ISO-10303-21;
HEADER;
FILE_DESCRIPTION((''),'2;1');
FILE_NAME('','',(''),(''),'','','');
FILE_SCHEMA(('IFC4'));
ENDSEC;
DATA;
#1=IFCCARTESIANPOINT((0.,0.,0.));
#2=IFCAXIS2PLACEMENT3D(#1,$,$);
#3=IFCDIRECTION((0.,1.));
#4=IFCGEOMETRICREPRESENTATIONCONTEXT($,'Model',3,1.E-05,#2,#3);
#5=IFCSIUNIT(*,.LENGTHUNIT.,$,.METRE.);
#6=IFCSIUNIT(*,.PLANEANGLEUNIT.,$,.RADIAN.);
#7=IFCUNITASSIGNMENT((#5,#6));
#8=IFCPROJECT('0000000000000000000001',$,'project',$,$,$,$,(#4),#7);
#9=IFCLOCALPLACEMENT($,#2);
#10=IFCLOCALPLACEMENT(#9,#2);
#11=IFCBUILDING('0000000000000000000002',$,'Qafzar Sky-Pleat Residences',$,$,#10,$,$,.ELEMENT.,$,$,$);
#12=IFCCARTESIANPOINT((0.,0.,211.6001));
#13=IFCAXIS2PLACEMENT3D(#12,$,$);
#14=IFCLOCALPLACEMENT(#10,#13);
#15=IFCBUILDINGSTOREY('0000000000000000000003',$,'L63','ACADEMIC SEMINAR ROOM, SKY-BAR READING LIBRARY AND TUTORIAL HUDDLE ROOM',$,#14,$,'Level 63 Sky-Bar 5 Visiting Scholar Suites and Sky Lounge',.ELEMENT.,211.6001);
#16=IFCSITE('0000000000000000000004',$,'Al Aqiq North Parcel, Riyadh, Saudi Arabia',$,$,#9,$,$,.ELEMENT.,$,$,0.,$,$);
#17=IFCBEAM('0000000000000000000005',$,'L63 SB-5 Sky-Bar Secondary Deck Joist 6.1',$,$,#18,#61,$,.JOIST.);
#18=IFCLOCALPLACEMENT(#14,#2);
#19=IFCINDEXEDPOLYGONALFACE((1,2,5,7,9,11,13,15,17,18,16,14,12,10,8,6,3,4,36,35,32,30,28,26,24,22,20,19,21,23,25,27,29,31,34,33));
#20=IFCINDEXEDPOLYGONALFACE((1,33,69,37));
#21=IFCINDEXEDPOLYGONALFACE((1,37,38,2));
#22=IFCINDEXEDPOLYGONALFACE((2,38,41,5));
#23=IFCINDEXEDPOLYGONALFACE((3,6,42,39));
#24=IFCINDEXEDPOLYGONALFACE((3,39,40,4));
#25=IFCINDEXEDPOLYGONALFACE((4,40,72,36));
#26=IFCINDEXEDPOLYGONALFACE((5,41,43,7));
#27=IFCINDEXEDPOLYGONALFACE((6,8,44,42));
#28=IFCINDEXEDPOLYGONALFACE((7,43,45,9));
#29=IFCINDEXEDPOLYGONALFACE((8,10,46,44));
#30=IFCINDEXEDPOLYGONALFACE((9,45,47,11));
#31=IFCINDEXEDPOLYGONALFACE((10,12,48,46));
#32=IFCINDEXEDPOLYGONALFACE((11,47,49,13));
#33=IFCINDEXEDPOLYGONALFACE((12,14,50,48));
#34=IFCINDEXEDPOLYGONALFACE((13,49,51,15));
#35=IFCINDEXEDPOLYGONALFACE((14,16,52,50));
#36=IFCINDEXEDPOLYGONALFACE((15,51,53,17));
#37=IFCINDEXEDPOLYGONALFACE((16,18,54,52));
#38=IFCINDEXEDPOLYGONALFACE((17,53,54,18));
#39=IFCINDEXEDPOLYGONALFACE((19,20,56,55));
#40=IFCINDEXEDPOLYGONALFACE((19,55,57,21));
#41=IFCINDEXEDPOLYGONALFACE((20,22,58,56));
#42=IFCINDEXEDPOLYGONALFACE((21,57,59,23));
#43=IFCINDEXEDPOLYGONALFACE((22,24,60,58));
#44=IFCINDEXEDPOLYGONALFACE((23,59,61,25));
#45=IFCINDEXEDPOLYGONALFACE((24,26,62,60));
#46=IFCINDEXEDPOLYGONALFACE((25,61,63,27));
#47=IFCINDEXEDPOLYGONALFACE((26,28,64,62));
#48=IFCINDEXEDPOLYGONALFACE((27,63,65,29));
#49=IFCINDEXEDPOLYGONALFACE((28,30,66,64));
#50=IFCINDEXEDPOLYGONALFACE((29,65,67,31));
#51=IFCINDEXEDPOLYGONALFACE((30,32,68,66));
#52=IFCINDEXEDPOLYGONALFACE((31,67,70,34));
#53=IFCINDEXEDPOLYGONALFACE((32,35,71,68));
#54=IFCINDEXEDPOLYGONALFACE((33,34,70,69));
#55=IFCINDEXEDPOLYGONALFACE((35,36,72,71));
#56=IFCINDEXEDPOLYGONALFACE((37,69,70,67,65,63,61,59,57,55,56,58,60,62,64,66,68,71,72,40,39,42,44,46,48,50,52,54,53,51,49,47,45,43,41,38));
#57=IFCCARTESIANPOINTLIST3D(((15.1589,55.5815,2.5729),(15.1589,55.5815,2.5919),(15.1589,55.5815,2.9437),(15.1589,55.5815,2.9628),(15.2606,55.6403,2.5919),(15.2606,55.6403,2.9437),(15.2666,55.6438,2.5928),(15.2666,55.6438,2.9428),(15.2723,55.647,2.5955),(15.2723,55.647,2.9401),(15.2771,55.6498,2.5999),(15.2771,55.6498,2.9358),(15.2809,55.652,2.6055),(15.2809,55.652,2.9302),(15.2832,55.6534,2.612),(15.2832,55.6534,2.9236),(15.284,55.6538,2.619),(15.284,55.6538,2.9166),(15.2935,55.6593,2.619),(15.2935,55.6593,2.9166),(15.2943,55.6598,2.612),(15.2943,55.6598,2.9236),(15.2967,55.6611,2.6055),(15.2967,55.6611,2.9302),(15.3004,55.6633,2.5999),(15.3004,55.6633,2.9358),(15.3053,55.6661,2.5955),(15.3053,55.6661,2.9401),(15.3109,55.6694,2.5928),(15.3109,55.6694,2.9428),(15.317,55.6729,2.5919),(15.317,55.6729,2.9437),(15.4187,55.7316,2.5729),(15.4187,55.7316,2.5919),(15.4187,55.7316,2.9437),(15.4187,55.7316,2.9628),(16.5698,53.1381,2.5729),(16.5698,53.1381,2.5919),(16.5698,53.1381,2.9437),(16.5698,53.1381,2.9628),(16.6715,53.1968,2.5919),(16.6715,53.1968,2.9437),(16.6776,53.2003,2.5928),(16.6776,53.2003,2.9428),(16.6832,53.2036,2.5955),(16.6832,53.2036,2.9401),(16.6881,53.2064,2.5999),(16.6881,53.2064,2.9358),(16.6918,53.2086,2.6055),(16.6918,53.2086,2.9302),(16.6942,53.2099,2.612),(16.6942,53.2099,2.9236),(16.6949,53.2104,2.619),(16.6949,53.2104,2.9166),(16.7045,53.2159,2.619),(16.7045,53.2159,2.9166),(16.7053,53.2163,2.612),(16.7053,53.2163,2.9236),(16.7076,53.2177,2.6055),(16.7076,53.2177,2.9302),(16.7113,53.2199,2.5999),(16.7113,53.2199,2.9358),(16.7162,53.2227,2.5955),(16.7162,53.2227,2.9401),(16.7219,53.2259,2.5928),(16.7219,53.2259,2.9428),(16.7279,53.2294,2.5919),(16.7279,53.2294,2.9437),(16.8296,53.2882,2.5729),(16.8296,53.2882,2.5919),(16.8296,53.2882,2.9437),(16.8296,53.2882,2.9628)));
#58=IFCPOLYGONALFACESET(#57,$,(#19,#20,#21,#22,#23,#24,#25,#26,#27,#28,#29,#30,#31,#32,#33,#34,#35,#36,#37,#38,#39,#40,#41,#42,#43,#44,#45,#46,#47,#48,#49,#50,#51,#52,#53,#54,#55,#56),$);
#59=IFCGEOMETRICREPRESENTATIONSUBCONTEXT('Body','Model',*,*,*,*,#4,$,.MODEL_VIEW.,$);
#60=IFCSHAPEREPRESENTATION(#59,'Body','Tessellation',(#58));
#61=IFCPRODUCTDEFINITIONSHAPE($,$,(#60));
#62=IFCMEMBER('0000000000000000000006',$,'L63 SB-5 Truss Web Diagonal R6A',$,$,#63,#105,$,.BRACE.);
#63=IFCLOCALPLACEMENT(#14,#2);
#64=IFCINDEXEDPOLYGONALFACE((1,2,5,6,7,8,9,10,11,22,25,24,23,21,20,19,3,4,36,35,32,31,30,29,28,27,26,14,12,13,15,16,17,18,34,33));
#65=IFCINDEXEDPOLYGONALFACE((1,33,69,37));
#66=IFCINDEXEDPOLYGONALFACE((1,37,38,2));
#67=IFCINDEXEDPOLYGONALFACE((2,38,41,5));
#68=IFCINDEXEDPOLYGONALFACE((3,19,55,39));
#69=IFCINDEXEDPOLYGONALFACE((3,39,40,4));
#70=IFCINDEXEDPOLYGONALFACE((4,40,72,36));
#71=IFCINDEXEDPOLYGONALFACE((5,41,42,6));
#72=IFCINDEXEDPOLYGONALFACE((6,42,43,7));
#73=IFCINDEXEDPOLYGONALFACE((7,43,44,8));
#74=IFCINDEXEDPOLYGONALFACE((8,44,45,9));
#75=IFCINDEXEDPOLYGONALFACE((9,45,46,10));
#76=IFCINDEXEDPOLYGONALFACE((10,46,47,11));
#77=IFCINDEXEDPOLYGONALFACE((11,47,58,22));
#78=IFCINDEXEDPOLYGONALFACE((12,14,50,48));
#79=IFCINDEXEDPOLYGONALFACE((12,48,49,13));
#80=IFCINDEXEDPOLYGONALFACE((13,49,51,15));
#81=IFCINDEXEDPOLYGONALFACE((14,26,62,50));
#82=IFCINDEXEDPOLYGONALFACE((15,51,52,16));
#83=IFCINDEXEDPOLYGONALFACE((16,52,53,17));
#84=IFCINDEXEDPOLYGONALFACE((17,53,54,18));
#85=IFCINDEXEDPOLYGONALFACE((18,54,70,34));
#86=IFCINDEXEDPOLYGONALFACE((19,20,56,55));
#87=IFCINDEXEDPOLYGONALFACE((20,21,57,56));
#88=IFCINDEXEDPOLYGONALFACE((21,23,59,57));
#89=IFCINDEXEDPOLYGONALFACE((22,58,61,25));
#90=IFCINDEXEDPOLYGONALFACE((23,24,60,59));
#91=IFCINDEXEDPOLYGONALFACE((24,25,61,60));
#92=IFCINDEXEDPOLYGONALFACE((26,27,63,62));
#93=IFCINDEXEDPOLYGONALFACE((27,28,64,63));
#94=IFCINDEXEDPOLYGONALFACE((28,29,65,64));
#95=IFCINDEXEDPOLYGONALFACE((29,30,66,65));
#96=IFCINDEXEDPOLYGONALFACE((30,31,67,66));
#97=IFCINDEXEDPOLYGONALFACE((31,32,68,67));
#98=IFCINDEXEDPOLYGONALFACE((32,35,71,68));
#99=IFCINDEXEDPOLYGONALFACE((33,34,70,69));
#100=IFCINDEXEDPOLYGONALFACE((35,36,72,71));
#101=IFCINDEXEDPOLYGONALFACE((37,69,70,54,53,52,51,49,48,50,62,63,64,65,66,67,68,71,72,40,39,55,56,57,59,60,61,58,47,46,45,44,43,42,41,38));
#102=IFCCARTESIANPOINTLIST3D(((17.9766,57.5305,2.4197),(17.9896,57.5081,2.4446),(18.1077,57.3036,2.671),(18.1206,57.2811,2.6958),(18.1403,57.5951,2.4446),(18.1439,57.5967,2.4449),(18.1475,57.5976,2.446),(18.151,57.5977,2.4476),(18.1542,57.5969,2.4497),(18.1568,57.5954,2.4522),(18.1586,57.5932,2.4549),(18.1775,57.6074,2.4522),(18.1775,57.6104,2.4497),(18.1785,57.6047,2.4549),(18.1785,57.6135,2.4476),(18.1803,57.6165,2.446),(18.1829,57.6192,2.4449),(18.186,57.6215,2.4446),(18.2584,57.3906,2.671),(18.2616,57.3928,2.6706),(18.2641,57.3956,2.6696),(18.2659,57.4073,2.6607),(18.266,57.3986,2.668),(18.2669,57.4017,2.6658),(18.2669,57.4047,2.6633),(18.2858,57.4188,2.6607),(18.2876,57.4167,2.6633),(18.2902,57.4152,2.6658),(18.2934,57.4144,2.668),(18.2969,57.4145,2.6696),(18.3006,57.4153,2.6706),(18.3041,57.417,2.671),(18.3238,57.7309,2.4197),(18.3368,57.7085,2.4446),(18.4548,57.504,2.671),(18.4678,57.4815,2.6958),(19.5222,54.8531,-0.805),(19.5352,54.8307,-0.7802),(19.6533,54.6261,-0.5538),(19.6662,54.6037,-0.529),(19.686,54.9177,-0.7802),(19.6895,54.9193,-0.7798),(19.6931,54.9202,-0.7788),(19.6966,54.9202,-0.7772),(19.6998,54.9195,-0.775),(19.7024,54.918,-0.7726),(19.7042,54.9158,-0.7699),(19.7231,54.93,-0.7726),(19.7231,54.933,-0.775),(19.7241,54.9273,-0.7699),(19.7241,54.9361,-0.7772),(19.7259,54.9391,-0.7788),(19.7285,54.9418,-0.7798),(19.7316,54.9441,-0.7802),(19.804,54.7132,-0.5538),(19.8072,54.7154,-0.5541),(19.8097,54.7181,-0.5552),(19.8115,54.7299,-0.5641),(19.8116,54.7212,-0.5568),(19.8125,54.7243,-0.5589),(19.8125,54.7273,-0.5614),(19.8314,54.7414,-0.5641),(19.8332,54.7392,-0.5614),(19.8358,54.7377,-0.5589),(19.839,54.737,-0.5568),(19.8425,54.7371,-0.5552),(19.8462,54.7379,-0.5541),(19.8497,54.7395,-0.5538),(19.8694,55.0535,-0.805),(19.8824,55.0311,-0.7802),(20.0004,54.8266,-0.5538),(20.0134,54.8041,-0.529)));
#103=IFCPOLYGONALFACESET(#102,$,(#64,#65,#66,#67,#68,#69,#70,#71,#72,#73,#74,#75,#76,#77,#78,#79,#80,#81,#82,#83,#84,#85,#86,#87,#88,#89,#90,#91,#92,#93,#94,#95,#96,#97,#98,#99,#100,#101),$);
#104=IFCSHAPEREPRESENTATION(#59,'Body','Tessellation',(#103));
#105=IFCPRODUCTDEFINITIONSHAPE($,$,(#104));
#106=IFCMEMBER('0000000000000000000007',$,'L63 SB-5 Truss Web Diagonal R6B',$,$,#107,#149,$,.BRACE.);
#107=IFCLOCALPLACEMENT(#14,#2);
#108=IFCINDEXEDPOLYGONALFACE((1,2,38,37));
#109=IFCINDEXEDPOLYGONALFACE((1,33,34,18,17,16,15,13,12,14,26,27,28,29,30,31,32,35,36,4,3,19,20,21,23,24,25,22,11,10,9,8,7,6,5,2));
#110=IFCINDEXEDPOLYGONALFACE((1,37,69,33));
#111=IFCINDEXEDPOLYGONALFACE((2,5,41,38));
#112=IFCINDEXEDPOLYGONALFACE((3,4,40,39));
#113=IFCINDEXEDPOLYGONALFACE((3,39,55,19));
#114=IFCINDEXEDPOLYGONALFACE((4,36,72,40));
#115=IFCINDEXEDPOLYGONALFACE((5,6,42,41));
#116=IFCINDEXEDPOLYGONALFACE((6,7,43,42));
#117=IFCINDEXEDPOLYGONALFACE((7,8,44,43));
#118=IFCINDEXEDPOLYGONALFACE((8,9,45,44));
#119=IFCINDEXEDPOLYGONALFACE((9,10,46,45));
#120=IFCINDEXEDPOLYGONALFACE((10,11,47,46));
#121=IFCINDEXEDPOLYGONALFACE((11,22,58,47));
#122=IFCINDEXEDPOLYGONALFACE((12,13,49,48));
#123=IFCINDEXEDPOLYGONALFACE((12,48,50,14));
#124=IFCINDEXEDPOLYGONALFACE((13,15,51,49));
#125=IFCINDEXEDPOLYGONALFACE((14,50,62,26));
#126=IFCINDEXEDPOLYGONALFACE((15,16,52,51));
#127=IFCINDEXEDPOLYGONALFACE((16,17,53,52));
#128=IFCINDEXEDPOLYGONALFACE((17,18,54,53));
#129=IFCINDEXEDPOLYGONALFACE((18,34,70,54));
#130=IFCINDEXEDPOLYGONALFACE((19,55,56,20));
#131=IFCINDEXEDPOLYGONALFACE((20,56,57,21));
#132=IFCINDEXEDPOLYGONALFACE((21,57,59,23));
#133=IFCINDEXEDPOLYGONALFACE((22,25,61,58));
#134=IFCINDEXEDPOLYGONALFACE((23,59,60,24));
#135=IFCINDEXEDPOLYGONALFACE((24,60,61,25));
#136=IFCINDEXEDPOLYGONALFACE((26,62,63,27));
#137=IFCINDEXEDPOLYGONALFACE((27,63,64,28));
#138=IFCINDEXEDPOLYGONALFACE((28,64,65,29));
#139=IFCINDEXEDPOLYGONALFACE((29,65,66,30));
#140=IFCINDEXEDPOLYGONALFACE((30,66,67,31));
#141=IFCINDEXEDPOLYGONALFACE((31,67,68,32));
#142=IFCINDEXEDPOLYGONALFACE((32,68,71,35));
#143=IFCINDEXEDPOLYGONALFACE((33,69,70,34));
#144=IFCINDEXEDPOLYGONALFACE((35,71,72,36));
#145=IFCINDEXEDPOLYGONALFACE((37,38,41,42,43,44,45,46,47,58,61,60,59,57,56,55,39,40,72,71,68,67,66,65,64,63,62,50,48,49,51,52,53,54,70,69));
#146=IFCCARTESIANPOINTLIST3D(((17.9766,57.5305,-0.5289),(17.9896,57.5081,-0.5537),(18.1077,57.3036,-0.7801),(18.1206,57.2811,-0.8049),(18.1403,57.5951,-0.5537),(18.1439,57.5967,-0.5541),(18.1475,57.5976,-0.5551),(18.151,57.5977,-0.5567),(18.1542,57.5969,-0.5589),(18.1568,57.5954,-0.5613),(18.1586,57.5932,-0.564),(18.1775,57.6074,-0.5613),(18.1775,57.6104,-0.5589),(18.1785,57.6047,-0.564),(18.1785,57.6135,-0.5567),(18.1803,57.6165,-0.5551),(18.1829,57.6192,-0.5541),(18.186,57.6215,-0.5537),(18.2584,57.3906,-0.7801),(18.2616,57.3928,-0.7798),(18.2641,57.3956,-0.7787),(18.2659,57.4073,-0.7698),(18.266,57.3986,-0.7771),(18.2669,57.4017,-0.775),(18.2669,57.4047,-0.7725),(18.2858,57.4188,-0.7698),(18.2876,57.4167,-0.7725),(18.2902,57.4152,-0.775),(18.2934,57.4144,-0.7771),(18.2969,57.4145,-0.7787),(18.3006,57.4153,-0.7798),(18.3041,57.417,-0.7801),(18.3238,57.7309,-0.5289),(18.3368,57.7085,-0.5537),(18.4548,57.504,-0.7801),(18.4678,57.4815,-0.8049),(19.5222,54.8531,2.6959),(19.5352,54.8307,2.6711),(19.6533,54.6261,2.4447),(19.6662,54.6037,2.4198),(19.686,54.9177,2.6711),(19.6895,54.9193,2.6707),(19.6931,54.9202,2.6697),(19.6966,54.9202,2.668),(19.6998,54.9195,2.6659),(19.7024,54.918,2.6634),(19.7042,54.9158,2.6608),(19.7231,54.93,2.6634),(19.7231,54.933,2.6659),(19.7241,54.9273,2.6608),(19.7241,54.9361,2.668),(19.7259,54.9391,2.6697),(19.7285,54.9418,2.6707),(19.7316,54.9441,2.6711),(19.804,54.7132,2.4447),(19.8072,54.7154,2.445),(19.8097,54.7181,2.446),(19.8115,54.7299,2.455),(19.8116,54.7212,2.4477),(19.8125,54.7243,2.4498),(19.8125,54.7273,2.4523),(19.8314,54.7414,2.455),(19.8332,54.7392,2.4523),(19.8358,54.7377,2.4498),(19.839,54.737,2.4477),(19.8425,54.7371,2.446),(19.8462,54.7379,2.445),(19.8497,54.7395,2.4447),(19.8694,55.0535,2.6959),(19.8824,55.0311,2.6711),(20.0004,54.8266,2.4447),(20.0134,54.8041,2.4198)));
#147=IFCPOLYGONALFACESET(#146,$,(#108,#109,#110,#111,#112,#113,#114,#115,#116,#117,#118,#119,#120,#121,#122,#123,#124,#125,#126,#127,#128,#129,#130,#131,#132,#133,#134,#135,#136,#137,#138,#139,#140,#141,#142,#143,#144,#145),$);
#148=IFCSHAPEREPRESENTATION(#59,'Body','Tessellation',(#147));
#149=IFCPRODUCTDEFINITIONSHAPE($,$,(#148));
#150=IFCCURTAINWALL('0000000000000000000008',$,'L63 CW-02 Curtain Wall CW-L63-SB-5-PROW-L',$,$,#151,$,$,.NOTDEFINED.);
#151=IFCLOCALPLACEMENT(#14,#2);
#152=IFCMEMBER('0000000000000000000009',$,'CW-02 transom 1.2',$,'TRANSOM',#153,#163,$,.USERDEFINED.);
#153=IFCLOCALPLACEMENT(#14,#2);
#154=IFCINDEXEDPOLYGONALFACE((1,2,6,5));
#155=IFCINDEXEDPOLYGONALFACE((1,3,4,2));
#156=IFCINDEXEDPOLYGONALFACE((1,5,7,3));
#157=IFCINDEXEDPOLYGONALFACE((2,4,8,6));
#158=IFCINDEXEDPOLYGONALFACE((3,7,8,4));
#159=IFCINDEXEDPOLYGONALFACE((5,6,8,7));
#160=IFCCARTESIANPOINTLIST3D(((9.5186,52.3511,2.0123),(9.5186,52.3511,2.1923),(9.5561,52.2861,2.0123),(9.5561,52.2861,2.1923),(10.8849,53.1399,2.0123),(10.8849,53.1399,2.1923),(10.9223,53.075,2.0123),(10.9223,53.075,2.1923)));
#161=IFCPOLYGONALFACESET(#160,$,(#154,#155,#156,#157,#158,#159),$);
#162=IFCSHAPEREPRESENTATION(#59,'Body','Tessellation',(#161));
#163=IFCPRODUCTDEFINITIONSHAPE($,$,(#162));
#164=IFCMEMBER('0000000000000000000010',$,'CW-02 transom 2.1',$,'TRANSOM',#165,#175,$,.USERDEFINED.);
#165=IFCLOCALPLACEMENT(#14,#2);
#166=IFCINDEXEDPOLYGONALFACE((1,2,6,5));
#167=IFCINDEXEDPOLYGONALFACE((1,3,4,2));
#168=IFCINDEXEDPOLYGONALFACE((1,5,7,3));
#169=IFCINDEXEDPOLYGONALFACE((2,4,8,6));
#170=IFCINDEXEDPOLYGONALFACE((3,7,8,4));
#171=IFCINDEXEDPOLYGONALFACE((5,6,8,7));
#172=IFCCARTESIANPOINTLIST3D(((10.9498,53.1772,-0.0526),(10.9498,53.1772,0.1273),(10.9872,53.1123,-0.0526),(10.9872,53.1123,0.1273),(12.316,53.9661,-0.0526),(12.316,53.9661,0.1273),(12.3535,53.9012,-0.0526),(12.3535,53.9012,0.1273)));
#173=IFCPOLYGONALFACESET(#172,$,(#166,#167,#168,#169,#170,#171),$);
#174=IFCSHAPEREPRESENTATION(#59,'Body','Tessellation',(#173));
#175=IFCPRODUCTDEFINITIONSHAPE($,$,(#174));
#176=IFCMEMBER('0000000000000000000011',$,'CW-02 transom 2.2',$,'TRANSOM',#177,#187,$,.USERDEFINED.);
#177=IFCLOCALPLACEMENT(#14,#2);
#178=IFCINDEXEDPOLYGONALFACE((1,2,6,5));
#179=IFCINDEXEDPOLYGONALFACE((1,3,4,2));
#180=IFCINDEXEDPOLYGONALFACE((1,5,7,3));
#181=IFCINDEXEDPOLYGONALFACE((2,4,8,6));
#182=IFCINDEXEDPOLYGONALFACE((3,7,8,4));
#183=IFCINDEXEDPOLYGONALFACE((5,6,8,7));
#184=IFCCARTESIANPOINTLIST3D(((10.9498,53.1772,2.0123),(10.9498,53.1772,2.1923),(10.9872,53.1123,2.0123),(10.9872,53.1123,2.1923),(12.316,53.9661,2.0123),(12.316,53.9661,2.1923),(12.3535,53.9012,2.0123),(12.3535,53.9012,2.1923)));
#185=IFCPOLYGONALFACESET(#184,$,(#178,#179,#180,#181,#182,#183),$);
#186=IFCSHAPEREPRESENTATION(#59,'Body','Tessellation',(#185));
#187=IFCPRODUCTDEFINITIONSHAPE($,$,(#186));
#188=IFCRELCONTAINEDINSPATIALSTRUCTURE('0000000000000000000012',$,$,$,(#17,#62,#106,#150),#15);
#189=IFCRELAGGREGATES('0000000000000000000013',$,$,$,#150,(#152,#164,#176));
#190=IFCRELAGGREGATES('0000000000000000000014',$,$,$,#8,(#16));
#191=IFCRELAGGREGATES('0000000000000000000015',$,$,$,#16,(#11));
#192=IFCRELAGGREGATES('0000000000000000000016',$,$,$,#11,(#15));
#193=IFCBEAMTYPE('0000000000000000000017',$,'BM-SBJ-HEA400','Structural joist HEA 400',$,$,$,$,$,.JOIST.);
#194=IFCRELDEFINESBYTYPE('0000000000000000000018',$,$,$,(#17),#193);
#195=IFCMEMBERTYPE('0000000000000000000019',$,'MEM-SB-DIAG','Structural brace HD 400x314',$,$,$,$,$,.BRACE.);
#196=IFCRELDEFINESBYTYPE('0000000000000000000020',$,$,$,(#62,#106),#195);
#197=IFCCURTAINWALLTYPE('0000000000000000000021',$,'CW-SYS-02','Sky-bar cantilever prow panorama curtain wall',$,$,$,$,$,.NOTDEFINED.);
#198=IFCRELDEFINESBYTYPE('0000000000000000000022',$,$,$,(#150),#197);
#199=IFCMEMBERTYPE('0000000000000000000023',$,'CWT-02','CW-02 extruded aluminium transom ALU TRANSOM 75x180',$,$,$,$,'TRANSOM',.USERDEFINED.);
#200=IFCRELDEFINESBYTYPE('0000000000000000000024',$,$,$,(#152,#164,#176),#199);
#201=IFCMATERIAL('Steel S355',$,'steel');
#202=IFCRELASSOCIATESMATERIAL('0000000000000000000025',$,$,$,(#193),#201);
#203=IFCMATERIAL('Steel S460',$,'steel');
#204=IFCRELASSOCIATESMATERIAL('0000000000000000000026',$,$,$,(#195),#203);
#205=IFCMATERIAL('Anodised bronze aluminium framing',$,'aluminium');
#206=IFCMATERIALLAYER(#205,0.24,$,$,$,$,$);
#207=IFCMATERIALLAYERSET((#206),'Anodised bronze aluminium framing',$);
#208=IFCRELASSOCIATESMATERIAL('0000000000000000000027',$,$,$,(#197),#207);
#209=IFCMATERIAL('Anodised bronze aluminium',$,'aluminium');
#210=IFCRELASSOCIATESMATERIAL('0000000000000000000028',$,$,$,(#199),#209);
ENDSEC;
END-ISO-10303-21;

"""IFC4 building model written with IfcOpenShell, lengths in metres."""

from ifc_helpers import new_model, si_unit, direction, frame, origin, origin_2d, place, context, subcontext, project, spatial, rectangle, i_section, extrude, source, transform, mapped, material, layer, layer_set, material_profile, profile_set, type_object, element, aggregate, save


model = new_model("IFC4")

# Units and contexts
model_context = context("Model", 3, precision=1e-05, world=origin(), true_north=direction((0.0, 1.0)))
body_context = subcontext(model_context, "Body", "Model", "MODEL_VIEW")
ifc_project = project(units=[si_unit("LENGTHUNIT", "METRE"), si_unit("PLANEANGLEUNIT", "RADIAN")], contexts=[model_context])

# Site, building, storey
site_placement = place(None, origin())
site = spatial("IfcSite", under=ifc_project, at=site_placement, Name="Al Aqiq North Parcel, Riyadh, Saudi Arabia", CompositionType="ELEMENT", RefElevation=0.0)
building_placement = place(site_placement, origin())
building = spatial("IfcBuilding", under=site, at=building_placement, Name="Qafzar Sky-Pleat Residences", CompositionType="ELEMENT")
storey_placement = place(building_placement, frame((0.0, 0.0, 211.6001)))
storey = spatial("IfcBuildingStorey", under=building, at=storey_placement, Name="L63", Description="ACADEMIC SEMINAR ROOM, SKY-BAR READING LIBRARY AND TUTORIAL HUDDLE ROOM", LongName="Level 63 Sky-Bar 5 Visiting Scholar Suites and Sky Lounge", CompositionType="ELEMENT", Elevation=211.6001)

# Beam
ifc_material_1 = material(Name="Steel S355", Category="steel")
ifc_material_profile_1 = material_profile(ifc_material_1, i_section(OverallWidth=0.3, OverallDepth=0.3899, WebThickness=0.011, FlangeThickness=0.019, FilletRadius=0.0271, at=origin_2d()), Name="HEA 400")
ifc_profile_set_1 = profile_set([ifc_material_profile_1], Name="Steel S355")
beam_type = type_object("IfcBeamType", Name="BM-SBJ-HEA400", Description="Structural joist HEA 400", PredefinedType="JOIST", material=ifc_profile_set_1)
shared_shape_1 = source(origin(), body_context, "Body", "SweptSolid", [
    extrude(i_section(OverallWidth=0.3, OverallDepth=0.3899, WebThickness=0.011, FlangeThickness=0.019, FilletRadius=0.0271, at=origin_2d()), origin(), (0.0, 0.0, 1.0), 2.8215),
])
beam_placement = place(storey_placement, frame((16.6997, 53.2131, 2.7678), z_axis=(-0.500057, 0.865992, 0.0), x_axis=(-0.865992, -0.500057, 0.0)))
element("IfcBeam", 1, at=beam_placement, inside=storey, type_object=beam_type, Name="L63 SB-5 Sky-Bar Secondary Deck Joist 6.1", PredefinedType="JOIST", context=body_context, shape_type="MappedRepresentation", body=[
    mapped(shared_shape_1, transform((0.0, 0.0, 0.0), x_axis=(1.0, 0.0, 0.0), y_axis=(0.0, 1.0, 0.0), z_axis=(0.0, 0.0, 1.0), scale=1.0)),
])

# Members
ifc_material_2 = material(Name="Steel S460", Category="steel")
ifc_material_profile_2 = material_profile(ifc_material_2, i_section(OverallWidth=0.4009, OverallDepth=0.3989, WebThickness=0.0229, FlangeThickness=0.0359, FilletRadius=0.0149, at=origin_2d()), Name="HD 400x314")
ifc_profile_set_2 = profile_set([ifc_material_profile_2], Name="Steel S460")
member_type_1 = type_object("IfcMemberType", Name="MEM-SB-DIAG", Description="Structural brace HD 400x314", PredefinedType="BRACE", material=ifc_profile_set_2)
shared_shape_2 = source(origin(), body_context, "Body", "SweptSolid", [
    extrude(i_section(OverallWidth=0.4009, OverallDepth=0.3989, WebThickness=0.0229, FlangeThickness=0.0359, FilletRadius=0.0149, at=origin_2d()), origin(), (0.0, 0.0, 1.0), 4.4673),
])
for number, where, z_axis, x_axis, name in (
    (2, (19.7678, 54.8286, -0.667), (-0.345985, 0.599339, 0.721863), (-0.866053, -0.499953, 0.0), "L63 SB-5 Truss Web Diagonal R6A"),
    (3, (19.7678, 54.8286, 2.5579), (-0.345985, 0.599339, -0.721863), (-0.866053, -0.499953, 0.0), "L63 SB-5 Truss Web Diagonal R6B"),
):
    element("IfcMember", number, at=place(storey_placement, frame(where, z_axis=z_axis, x_axis=x_axis)), inside=storey, type_object=member_type_1, Name=name, PredefinedType="BRACE", context=body_context, shape_type="MappedRepresentation", body=[
        mapped(shared_shape_2, transform((0.0, 0.0, 0.0), x_axis=(1.0, 0.0, 0.0), y_axis=(0.0, 1.0, 0.0), z_axis=(0.0, 0.0, 1.0), scale=1.0)),
    ])

# Curtain wall, members
ifc_material_3 = material(Name="Anodised bronze aluminium framing", Category="aluminium")
ifc_layer_1 = layer(ifc_material_3, 0.24)
ifc_layer_set_1 = layer_set([ifc_layer_1], Name="Anodised bronze aluminium framing")
curtain_wall_type_1 = type_object("IfcCurtainWallType", Name="CW-SYS-02", Description="Sky-bar cantilever prow panorama curtain wall", PredefinedType="NOTDEFINED", material=ifc_layer_set_1)
curtain_wall_1_placement = place(storey_placement, origin())
curtain_wall_1 = element("IfcCurtainWall", 4, at=curtain_wall_1_placement, inside=storey, type_object=curtain_wall_type_1, Name="L63 CW-02 Curtain Wall CW-L63-SB-5-PROW-L", PredefinedType="NOTDEFINED")
ifc_material_4 = material(Name="Anodised bronze aluminium", Category="aluminium")
ifc_material_profile_3 = material_profile(ifc_material_4, rectangle(XDim=0.075, YDim=0.1799, at=origin_2d()), Name="ALU TRANSOM 75x180")
ifc_profile_set_3 = profile_set([ifc_material_profile_3], Name="Anodised bronze aluminium")
member_type_2 = type_object("IfcMemberType", Name="CWT-02", Description="CW-02 extruded aluminium transom ALU TRANSOM 75x180", ElementType="TRANSOM", PredefinedType="USERDEFINED", material=ifc_profile_set_3)
shared_shape_3 = source(origin(), body_context, "Body", "SweptSolid", [
    extrude(rectangle(XDim=0.075, YDim=0.1799, at=origin_2d()), origin(), (0.0, 0.0, 1.0), 1.5776),
])
member_1_placement = place(storey_placement, frame((9.5374, 52.3186, 2.1023), z_axis=(0.866015, 0.500017, 0.0), x_axis=(-0.500017, 0.866015, 0.0)))
member_1 = element("IfcMember", 5, at=member_1_placement, type_object=member_type_2, Name="CW-02 transom 1.2", ObjectType="TRANSOM", PredefinedType="USERDEFINED", context=body_context, shape_type="MappedRepresentation", body=[
    mapped(shared_shape_3, transform((0.0, 0.0, 0.0), x_axis=(1.0, 0.0, 0.0), y_axis=(0.0, 1.0, 0.0), z_axis=(0.0, 0.0, 1.0), scale=1.0)),
])
member_2_placement = place(storey_placement, frame((10.9685, 53.1448, 0.0374), z_axis=(0.866015, 0.500017, 0.0), x_axis=(-0.500017, 0.866015, 0.0)))
member_2 = element("IfcMember", 6, at=member_2_placement, type_object=member_type_2, Name="CW-02 transom 2.1", ObjectType="TRANSOM", PredefinedType="USERDEFINED", context=body_context, shape_type="MappedRepresentation", body=[
    mapped(shared_shape_3, transform((0.0, 0.0, 0.0), x_axis=(1.0, 0.0, 0.0), y_axis=(0.0, 1.0, 0.0), z_axis=(0.0, 0.0, 1.0), scale=1.0)),
])
member_3_placement = place(storey_placement, frame((10.9685, 53.1448, 2.1023), z_axis=(0.866015, 0.500017, 0.0), x_axis=(-0.500017, 0.866015, 0.0)))
member_3 = element("IfcMember", 7, at=member_3_placement, type_object=member_type_2, Name="CW-02 transom 2.2", ObjectType="TRANSOM", PredefinedType="USERDEFINED", context=body_context, shape_type="MappedRepresentation", body=[
    mapped(shared_shape_3, transform((0.0, 0.0, 0.0), x_axis=(1.0, 0.0, 0.0), y_axis=(0.0, 1.0, 0.0), z_axis=(0.0, 0.0, 1.0), scale=1.0)),
])

aggregate(curtain_wall_1, [member_1, member_2, member_3])

save(model, "model.ifc")
